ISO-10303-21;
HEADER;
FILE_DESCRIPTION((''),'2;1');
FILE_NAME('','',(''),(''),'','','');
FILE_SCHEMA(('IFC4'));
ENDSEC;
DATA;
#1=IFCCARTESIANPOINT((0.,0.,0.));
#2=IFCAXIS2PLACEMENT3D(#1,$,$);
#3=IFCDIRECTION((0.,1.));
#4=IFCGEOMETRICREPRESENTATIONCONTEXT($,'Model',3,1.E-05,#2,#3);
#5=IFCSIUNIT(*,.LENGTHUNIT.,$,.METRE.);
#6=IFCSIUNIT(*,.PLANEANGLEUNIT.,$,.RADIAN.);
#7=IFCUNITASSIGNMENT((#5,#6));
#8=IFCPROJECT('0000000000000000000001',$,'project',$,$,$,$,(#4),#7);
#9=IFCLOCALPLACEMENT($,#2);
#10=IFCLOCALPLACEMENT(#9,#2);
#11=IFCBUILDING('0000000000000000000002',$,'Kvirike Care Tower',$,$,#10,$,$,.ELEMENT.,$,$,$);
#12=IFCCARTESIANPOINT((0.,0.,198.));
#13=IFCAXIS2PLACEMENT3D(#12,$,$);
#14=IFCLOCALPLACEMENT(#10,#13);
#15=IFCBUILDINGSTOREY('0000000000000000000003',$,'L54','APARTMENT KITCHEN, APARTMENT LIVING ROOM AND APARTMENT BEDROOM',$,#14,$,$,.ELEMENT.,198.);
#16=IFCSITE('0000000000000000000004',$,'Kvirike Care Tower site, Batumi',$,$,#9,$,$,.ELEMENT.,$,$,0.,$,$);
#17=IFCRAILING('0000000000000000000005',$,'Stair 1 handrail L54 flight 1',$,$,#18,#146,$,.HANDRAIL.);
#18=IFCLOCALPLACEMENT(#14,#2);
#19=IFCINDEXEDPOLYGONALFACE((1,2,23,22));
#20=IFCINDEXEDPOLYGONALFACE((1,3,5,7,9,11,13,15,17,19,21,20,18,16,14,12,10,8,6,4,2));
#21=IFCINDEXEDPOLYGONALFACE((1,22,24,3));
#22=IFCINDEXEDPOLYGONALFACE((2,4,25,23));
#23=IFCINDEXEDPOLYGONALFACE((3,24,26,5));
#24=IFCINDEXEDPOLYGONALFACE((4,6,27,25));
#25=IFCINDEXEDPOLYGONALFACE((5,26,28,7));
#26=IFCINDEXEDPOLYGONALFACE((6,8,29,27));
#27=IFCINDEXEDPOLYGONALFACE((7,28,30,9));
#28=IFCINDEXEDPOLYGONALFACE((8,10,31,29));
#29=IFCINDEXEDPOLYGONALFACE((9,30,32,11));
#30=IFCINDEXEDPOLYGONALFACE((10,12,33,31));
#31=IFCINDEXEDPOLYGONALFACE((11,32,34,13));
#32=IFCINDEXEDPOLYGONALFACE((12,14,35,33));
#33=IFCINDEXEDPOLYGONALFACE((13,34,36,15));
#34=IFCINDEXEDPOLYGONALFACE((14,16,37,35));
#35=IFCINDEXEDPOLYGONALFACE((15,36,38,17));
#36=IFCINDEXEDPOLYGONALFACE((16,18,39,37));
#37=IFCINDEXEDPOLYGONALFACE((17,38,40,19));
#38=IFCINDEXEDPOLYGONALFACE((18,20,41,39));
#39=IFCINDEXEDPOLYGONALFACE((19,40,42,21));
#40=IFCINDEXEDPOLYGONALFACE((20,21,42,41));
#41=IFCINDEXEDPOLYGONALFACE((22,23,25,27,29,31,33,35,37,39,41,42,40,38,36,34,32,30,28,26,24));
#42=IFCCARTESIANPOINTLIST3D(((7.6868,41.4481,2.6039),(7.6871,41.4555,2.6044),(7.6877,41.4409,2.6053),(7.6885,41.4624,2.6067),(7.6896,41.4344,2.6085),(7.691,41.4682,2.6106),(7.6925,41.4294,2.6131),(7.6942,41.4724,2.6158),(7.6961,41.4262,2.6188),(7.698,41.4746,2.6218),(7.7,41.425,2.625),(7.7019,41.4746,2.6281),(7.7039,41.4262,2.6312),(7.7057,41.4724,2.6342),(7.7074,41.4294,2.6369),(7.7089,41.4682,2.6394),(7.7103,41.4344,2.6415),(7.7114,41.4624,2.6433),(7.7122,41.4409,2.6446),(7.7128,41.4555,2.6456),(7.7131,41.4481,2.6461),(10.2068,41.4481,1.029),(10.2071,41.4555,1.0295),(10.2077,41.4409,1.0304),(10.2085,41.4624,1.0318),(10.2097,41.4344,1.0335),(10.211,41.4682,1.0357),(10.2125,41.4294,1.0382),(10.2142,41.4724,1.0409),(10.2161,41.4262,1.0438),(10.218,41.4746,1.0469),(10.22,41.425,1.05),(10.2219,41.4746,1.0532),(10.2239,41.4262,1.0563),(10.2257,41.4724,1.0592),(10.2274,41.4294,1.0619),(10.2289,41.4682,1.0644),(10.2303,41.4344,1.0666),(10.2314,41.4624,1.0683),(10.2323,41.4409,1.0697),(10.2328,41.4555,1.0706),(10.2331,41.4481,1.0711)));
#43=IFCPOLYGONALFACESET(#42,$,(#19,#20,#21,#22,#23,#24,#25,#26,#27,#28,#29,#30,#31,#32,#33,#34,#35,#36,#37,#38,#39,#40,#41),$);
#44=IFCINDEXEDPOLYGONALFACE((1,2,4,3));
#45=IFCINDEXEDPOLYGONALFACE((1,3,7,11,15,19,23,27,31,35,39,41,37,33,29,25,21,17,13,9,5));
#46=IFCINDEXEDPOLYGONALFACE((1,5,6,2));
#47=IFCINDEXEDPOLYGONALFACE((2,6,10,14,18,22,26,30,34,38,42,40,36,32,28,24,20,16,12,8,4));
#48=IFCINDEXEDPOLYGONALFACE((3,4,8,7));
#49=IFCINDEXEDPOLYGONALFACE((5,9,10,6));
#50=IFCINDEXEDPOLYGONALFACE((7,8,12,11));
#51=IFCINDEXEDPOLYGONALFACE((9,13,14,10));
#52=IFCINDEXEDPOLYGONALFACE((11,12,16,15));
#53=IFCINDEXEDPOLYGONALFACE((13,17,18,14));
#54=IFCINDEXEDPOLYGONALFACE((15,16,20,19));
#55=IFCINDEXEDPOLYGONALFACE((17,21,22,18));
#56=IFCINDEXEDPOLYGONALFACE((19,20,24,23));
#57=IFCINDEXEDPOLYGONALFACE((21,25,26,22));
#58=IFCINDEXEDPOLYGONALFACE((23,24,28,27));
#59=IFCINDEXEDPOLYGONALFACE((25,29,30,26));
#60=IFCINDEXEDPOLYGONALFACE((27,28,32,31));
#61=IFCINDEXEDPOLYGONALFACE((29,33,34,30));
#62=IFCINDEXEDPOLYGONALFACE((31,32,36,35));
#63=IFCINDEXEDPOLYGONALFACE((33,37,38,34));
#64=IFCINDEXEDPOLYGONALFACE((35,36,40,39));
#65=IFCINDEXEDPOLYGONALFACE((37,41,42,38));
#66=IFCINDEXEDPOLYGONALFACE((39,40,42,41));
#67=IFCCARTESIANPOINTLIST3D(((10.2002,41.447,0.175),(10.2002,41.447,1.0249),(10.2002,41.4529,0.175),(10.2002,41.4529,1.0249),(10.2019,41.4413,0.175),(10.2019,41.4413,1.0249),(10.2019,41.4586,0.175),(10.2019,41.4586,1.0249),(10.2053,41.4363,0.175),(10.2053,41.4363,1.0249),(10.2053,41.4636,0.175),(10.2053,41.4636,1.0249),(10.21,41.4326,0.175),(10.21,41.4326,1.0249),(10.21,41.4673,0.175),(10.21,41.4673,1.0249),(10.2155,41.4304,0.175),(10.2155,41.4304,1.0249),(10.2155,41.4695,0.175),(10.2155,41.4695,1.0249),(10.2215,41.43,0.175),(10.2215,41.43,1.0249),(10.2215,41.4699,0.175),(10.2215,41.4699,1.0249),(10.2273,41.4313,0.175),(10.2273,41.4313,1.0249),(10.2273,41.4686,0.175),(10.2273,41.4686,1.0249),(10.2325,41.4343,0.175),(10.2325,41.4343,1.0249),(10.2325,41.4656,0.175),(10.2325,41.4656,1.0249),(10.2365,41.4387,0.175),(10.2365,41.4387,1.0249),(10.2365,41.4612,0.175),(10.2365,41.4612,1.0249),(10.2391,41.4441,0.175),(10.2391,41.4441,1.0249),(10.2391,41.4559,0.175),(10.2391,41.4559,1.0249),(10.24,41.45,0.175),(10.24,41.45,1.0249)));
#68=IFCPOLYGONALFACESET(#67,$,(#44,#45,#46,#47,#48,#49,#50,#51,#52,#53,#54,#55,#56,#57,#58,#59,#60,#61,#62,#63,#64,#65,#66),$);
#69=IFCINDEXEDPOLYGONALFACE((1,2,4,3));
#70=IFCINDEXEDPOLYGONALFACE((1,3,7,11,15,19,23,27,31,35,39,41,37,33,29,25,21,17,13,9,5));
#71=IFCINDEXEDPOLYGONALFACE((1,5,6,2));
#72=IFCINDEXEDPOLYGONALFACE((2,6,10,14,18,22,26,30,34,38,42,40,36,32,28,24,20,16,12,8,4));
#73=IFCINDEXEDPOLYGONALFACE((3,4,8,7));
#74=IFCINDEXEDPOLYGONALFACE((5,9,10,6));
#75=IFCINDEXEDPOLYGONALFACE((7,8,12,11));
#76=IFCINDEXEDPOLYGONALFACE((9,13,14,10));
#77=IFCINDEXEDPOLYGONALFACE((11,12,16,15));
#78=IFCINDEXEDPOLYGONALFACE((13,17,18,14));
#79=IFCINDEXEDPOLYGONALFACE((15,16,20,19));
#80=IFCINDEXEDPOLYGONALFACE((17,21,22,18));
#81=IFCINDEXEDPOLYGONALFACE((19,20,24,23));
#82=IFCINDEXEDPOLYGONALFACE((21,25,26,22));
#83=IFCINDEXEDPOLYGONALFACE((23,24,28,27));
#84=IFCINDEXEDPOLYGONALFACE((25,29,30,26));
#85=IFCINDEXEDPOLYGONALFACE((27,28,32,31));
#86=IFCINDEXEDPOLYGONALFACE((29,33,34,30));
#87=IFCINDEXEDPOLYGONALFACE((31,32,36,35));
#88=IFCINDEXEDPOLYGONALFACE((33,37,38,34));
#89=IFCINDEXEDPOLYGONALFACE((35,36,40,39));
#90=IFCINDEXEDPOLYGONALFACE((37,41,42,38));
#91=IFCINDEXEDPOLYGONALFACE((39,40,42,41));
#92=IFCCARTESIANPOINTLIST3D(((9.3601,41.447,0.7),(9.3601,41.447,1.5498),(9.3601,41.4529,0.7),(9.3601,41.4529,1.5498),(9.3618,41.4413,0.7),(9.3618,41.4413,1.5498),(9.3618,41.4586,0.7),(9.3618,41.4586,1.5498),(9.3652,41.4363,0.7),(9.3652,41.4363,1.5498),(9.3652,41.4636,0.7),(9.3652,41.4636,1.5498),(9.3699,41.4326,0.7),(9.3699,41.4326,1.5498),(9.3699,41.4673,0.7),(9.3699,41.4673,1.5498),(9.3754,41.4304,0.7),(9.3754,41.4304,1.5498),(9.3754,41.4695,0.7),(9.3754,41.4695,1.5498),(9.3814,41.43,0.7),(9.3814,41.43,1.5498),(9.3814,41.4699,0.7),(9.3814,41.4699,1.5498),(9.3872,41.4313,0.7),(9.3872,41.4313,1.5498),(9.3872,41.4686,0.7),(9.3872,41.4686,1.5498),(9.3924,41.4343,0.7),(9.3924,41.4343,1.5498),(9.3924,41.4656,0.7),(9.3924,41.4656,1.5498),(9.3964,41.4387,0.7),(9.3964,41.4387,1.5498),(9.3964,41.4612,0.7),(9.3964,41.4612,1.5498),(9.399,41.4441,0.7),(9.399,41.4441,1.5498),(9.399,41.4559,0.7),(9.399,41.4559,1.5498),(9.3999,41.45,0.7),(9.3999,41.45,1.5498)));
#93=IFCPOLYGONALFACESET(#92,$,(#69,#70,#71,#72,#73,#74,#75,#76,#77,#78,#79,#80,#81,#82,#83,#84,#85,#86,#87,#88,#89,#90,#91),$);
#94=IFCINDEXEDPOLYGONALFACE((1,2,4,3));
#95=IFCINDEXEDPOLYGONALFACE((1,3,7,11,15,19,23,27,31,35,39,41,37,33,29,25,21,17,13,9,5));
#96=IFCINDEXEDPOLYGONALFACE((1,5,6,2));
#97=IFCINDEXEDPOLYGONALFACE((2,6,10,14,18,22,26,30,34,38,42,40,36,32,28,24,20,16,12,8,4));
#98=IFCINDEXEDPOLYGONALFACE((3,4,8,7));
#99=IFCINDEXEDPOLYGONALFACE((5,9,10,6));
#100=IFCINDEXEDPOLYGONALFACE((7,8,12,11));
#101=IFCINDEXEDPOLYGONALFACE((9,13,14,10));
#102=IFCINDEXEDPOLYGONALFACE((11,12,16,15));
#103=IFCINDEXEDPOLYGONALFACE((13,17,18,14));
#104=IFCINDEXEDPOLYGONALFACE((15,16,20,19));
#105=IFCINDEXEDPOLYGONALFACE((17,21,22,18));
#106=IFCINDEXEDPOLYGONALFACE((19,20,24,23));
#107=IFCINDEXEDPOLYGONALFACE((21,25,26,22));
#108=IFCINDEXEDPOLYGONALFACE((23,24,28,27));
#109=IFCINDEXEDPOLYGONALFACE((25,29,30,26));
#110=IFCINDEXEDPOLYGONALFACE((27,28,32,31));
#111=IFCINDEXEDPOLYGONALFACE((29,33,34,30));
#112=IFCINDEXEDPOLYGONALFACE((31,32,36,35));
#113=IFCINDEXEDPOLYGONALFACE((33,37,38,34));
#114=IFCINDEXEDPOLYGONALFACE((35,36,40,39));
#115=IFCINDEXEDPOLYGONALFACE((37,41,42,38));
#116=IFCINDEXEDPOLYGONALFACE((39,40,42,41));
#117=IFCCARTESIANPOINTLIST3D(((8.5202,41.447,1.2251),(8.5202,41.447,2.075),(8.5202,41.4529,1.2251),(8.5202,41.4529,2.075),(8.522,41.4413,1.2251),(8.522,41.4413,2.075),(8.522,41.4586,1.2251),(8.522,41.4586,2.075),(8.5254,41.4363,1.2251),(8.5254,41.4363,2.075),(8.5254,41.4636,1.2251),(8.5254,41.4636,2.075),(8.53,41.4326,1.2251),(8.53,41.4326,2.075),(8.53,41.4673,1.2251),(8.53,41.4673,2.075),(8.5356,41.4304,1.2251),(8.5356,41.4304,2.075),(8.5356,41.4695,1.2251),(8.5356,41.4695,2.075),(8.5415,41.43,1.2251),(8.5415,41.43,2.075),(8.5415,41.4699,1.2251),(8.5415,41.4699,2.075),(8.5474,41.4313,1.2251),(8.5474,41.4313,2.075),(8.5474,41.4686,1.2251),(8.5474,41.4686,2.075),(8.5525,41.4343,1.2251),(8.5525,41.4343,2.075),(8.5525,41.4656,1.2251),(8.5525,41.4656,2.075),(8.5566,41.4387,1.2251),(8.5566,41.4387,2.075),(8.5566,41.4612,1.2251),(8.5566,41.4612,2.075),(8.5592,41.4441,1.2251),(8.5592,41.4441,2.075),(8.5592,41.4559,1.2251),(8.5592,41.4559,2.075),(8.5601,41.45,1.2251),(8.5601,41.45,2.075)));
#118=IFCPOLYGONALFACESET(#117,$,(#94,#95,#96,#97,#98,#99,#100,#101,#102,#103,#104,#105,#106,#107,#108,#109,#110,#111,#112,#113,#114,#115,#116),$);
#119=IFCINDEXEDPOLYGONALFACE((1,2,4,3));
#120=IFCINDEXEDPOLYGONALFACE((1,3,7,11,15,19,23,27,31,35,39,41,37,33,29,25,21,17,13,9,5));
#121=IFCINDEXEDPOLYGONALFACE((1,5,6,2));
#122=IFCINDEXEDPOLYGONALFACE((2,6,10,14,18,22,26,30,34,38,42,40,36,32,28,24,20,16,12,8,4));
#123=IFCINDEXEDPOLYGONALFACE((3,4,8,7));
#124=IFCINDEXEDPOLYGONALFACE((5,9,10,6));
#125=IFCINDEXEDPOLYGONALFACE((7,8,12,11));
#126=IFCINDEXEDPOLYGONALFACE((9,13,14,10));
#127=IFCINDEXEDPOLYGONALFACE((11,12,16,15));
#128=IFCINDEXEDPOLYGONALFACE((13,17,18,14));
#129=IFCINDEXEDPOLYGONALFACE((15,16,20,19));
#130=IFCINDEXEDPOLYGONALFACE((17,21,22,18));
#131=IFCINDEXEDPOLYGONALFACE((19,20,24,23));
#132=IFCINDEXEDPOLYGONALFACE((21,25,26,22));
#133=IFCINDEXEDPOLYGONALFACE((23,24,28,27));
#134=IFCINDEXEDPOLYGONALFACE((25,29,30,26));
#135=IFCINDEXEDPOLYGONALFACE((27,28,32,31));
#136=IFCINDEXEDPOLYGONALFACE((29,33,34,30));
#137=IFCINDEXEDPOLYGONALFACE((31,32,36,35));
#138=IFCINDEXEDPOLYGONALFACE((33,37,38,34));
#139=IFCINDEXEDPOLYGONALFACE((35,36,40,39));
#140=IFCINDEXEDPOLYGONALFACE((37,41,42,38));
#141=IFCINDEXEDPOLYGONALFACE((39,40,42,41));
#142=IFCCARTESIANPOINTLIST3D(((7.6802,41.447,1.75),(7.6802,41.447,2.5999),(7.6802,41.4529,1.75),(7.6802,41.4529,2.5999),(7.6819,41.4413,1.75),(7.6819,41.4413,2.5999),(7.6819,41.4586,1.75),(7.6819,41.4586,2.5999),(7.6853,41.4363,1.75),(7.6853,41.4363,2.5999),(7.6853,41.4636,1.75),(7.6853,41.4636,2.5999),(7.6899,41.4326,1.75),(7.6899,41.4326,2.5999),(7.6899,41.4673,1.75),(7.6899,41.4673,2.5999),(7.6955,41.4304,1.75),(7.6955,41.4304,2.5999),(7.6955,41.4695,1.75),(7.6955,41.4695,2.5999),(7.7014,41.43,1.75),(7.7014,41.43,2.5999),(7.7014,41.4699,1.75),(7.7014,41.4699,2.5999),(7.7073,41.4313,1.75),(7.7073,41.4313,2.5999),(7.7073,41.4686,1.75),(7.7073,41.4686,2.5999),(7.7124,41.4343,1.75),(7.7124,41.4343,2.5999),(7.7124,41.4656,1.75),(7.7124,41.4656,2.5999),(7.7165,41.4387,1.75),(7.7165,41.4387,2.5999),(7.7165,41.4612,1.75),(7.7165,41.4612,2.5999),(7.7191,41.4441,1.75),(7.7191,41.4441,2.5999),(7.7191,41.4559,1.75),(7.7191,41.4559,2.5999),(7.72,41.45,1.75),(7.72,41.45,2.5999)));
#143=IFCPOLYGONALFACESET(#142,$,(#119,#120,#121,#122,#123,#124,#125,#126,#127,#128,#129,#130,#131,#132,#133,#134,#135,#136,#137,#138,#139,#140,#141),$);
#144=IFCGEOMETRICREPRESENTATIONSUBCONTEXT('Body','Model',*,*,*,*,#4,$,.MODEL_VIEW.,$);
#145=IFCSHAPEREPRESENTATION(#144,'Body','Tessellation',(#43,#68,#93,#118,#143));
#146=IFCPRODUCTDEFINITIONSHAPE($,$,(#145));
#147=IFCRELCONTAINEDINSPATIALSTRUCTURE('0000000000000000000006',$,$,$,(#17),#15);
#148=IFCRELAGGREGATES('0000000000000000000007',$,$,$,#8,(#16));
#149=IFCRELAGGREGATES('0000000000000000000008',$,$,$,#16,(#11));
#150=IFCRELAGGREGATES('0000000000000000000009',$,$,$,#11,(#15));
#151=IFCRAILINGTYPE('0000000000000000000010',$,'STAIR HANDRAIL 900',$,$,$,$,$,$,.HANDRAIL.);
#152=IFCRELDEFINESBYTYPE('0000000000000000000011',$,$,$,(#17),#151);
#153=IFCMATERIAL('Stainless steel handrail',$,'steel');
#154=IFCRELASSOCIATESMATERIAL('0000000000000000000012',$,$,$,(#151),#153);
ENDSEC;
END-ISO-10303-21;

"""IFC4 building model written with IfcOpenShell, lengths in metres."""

from ifc_helpers import new_model, si_unit, direction, frame, origin, origin_2d, place, context, subcontext, project, spatial, circle, extrude, material, type_object, element, save


model = new_model("IFC4")

# Units and contexts
model_context = context("Model", 3, precision=1e-05, world=origin(), true_north=direction((0.0, 1.0)))
body_context = subcontext(model_context, "Body", "Model", "MODEL_VIEW")
ifc_project = project(units=[si_unit("LENGTHUNIT", "METRE"), si_unit("PLANEANGLEUNIT", "RADIAN")], contexts=[model_context])

# Site, building, storey
site_placement = place(None, origin())
site = spatial("IfcSite", under=ifc_project, at=site_placement, Name="Kvirike Care Tower site, Batumi", CompositionType="ELEMENT", RefElevation=0.0)
building_placement = place(site_placement, origin())
building = spatial("IfcBuilding", under=site, at=building_placement, Name="Kvirike Care Tower", CompositionType="ELEMENT")
storey_placement = place(building_placement, frame((0.0, 0.0, 198.0)))
storey = spatial("IfcBuildingStorey", under=building, at=storey_placement, Name="L54", Description="APARTMENT KITCHEN, APARTMENT LIVING ROOM AND APARTMENT BEDROOM", CompositionType="ELEMENT", Elevation=198.0)

# Railing
ifc_material_1 = material(Name="Stainless steel handrail", Category="steel")
railing_type = type_object("IfcRailingType", Name="STAIR HANDRAIL 900", PredefinedType="HANDRAIL", material=ifc_material_1)
railing_1_placement = place(storey_placement, frame((10.22, 41.45, 0.175)))
element("IfcRailing", 1, at=railing_1_placement, inside=storey, type_object=railing_type, Name="Stair 1 handrail L54 flight 1", PredefinedType="HANDRAIL", context=body_context, shape_type="SweptSolid", body=[
    extrude(circle(Radius=0.0249, at=origin_2d()), frame((0.0, 0.0, 0.875), z_axis=(-0.848008, 0.0, 0.529984), x_axis=(0.0, -1.0, 0.0)), (0.0, 0.0, 1.0), 2.9717),
    extrude(circle(Radius=0.02, at=origin_2d()), origin(), (0.0, 0.0, 1.0), 0.8499),
    extrude(circle(Radius=0.02, at=origin_2d()), frame((-0.8401, 0.0, 0.5249)), (0.0, 0.0, 1.0), 0.8499),
    extrude(circle(Radius=0.02, at=origin_2d()), frame((-1.6799, 0.0, 1.05)), (0.0, 0.0, 1.0), 0.8499),
    extrude(circle(Radius=0.02, at=origin_2d()), frame((-2.52, 0.0, 1.575)), (0.0, 0.0, 1.0), 0.8499),
])

save(model, "model.ifc")
